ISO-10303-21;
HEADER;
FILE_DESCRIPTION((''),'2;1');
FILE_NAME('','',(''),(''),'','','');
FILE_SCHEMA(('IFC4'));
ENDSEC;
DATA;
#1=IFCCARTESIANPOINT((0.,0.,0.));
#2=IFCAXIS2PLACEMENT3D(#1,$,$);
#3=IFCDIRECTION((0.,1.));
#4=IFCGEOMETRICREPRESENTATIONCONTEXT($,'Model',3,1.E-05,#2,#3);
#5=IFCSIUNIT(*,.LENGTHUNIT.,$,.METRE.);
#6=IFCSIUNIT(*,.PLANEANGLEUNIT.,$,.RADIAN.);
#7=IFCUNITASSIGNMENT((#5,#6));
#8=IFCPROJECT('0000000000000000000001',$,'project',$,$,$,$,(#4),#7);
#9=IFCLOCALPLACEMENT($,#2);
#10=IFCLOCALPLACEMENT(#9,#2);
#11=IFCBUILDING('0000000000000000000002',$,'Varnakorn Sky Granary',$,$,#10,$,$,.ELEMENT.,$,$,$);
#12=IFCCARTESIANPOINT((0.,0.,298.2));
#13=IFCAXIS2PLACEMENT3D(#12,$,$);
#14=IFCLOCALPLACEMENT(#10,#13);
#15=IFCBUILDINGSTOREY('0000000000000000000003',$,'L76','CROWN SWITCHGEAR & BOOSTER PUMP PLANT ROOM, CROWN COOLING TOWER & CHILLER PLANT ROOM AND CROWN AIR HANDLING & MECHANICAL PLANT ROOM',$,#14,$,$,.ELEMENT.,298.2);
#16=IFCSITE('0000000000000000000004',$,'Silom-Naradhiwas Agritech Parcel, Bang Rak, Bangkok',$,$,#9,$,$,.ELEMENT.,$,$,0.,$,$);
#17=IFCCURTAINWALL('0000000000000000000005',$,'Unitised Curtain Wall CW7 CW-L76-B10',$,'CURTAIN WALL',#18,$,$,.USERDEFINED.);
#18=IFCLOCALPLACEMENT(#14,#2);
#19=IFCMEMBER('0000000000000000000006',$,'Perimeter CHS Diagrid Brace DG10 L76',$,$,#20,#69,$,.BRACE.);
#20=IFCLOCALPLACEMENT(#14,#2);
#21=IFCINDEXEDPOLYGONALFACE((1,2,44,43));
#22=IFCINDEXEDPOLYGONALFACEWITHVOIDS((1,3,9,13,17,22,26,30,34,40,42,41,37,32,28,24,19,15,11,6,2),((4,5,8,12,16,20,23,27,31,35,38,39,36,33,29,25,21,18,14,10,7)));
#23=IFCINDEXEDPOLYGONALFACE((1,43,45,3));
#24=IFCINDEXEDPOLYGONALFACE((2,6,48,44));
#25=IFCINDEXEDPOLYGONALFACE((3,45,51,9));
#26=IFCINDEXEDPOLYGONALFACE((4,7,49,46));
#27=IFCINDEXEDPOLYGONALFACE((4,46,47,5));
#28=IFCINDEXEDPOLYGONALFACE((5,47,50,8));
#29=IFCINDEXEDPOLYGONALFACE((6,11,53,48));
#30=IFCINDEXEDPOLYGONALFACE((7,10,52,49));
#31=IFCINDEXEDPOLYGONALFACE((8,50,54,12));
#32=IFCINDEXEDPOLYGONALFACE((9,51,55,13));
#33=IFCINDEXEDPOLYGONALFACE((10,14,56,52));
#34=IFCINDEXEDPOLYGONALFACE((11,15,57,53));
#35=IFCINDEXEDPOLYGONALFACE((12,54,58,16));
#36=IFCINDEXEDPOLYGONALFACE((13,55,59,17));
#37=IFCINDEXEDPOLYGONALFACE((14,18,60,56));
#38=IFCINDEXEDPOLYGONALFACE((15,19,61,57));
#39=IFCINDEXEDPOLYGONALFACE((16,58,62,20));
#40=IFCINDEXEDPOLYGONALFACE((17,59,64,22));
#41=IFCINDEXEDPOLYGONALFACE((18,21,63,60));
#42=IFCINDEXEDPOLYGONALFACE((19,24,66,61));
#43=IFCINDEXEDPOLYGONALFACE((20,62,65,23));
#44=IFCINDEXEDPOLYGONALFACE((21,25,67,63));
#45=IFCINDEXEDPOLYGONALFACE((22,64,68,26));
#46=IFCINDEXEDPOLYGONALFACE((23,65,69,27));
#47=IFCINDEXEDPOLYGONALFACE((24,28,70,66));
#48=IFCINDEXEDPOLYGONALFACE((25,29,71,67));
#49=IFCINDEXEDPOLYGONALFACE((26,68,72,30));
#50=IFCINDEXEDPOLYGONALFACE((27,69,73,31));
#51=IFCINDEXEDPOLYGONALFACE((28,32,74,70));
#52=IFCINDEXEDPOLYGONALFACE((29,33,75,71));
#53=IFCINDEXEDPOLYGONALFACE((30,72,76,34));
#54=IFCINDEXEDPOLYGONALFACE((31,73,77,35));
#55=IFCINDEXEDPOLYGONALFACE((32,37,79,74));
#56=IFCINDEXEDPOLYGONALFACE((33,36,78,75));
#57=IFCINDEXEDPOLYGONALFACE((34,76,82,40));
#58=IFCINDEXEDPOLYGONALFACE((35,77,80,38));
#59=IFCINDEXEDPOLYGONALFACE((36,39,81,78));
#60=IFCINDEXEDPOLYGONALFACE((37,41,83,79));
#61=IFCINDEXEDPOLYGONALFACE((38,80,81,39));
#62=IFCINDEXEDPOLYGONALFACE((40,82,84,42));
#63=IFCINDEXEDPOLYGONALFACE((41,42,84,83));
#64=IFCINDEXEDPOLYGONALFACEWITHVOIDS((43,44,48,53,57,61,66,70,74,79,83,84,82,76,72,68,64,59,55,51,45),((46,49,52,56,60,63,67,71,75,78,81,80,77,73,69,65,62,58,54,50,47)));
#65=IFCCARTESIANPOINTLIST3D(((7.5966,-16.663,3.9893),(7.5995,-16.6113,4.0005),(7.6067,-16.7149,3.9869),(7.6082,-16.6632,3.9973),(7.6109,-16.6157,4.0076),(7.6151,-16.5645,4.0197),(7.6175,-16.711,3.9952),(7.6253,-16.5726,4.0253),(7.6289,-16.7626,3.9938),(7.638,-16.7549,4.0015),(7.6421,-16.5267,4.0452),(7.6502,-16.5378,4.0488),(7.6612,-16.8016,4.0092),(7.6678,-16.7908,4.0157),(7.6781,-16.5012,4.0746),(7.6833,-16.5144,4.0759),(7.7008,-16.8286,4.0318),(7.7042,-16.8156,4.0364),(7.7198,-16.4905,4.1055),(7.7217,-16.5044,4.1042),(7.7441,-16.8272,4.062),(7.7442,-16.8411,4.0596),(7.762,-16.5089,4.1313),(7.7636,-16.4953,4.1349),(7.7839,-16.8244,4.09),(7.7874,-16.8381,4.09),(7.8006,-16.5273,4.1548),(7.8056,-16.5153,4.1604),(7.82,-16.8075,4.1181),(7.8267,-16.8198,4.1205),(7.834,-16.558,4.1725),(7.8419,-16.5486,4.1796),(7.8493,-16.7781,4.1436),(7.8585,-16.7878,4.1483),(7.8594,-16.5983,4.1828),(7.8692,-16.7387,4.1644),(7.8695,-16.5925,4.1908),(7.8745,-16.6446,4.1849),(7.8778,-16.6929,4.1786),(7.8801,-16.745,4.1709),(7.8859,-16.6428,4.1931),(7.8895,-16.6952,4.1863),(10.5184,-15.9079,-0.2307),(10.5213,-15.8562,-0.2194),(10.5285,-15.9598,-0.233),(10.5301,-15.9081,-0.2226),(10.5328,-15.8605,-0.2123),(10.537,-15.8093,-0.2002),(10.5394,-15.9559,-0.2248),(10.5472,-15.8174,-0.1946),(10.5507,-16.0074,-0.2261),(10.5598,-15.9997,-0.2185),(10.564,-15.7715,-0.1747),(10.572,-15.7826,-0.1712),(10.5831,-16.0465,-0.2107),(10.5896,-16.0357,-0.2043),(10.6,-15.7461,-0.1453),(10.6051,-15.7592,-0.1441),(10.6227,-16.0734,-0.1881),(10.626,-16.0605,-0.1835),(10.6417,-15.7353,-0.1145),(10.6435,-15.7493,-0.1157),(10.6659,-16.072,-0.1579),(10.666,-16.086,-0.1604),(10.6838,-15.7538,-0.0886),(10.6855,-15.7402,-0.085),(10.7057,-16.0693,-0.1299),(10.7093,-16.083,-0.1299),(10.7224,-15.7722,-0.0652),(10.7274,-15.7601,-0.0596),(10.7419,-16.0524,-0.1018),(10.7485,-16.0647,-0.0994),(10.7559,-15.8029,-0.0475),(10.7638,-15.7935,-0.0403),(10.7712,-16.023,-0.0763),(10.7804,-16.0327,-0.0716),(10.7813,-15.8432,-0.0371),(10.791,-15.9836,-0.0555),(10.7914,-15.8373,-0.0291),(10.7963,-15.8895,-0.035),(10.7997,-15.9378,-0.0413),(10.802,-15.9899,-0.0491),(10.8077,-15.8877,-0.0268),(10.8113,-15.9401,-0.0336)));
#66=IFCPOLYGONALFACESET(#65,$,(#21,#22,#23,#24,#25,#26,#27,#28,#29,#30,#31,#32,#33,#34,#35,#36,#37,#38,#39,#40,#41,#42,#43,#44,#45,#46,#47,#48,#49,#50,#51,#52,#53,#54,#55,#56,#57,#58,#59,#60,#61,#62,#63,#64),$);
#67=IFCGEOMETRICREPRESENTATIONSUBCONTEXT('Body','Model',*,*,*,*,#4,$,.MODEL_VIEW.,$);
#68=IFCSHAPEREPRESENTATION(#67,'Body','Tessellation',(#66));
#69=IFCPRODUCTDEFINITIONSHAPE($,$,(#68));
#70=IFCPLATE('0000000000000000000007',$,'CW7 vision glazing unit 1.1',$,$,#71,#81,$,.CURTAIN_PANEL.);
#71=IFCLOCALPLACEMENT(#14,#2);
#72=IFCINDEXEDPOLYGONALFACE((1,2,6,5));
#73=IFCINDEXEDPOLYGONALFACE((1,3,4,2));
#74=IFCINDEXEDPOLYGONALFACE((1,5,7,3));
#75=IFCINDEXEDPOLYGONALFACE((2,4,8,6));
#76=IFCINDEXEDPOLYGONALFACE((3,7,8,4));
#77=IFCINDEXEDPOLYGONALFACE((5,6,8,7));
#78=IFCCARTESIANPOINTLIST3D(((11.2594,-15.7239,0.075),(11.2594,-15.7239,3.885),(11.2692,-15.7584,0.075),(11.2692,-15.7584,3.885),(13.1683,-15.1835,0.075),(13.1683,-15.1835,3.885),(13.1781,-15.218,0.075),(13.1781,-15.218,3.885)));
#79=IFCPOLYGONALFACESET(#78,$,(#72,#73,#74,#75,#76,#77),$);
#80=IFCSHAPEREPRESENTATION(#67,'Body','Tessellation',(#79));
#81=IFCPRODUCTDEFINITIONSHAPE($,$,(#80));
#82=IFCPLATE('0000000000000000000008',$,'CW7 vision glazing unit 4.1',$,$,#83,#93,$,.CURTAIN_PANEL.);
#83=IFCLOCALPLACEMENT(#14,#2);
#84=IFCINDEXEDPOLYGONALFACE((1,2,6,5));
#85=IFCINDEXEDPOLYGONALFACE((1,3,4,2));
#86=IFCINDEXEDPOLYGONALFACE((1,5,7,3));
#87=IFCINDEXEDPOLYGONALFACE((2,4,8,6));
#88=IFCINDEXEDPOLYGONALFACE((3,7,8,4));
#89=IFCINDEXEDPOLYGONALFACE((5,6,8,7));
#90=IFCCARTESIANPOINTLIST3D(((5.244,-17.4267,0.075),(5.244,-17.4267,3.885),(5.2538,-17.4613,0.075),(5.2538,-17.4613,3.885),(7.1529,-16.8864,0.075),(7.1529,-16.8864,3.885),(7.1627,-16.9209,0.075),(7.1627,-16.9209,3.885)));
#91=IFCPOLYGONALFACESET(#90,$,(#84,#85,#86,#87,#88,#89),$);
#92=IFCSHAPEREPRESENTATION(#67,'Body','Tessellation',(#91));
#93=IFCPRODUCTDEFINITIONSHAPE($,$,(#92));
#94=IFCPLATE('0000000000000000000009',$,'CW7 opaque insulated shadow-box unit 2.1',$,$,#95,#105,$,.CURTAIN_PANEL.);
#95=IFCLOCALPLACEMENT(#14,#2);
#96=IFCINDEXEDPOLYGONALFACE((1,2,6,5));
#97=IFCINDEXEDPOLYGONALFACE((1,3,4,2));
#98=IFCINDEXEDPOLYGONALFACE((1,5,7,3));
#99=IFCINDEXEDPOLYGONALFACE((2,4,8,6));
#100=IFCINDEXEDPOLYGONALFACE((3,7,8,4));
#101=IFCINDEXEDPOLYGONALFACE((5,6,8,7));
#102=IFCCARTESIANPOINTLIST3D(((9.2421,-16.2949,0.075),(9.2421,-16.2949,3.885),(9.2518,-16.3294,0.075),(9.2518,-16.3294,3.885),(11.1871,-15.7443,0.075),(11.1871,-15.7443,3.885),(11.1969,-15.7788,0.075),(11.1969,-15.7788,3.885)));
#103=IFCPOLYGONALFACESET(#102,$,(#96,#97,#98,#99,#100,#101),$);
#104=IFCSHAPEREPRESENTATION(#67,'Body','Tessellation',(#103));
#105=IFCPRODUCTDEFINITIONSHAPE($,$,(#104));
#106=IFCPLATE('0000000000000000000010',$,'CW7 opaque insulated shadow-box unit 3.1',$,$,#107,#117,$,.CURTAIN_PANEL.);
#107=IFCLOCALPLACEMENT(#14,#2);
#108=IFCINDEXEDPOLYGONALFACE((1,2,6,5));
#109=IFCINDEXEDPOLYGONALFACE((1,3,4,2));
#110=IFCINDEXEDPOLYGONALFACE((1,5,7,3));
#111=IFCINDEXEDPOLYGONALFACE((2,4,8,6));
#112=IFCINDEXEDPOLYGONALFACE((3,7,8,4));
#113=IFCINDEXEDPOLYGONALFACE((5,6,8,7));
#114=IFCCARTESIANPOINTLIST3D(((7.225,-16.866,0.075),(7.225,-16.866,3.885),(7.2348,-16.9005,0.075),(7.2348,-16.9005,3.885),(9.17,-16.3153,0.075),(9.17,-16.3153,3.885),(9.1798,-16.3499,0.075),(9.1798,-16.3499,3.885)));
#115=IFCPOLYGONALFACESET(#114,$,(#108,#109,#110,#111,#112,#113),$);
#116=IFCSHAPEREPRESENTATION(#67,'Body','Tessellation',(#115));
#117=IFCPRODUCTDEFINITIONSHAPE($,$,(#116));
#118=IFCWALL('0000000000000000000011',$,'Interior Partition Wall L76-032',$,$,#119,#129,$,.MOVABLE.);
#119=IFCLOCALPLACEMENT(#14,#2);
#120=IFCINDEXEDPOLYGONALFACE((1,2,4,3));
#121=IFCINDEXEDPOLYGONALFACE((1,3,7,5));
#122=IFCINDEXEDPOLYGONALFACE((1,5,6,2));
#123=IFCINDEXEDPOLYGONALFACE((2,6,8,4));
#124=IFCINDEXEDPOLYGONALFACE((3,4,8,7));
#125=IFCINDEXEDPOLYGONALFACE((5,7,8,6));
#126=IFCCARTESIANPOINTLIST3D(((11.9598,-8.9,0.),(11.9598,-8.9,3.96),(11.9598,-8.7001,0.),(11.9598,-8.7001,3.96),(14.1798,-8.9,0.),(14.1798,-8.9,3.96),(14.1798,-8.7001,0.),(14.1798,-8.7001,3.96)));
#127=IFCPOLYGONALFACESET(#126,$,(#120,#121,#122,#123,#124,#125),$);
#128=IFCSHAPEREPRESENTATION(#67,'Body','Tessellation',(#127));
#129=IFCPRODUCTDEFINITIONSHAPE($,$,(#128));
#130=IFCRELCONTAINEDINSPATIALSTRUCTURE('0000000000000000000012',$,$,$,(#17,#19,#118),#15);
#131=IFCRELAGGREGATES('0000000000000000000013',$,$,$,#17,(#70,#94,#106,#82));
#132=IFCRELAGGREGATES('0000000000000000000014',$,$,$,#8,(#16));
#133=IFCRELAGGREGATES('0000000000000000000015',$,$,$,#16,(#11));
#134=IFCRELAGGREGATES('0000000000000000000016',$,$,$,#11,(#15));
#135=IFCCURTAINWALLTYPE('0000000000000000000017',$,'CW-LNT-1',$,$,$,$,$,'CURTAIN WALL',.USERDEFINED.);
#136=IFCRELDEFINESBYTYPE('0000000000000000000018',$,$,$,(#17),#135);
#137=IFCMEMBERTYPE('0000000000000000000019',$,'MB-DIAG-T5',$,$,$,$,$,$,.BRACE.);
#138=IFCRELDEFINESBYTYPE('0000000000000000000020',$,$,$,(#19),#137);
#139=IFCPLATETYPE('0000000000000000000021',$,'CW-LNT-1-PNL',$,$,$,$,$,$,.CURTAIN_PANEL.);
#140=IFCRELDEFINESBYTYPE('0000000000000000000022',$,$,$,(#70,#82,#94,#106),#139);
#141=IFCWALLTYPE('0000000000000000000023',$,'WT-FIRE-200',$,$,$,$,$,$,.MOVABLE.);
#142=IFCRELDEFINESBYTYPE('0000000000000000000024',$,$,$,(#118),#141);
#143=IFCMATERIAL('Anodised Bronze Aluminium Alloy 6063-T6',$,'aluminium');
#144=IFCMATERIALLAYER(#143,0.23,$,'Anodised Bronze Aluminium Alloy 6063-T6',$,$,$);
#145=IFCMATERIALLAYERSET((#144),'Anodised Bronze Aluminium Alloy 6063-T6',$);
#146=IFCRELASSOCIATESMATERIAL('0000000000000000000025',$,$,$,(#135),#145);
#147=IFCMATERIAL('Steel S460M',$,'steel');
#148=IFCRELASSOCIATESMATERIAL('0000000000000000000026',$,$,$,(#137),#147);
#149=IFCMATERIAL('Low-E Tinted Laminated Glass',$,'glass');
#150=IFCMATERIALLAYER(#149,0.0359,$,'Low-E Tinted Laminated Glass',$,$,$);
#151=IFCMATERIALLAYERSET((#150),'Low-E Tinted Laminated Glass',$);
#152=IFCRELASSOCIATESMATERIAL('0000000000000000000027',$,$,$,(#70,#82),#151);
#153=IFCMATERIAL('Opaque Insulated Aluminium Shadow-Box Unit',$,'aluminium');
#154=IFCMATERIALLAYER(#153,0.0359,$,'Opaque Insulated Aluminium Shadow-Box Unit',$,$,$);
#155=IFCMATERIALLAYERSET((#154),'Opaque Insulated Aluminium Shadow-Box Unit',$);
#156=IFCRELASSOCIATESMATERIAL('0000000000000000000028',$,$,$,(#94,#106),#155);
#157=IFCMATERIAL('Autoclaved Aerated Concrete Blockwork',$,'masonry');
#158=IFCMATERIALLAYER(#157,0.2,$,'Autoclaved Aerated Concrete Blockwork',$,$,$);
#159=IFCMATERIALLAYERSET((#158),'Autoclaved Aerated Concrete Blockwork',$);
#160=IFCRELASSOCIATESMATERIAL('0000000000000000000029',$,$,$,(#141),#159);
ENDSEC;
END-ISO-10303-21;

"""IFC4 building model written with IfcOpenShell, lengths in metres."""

from ifc_helpers import new_model, si_unit, direction, frame, frame_2d, origin, origin_2d, place, context, subcontext, project, spatial, rectangle, hollow_circle, extrude, source, transform, mapped, material, layer, layer_set, material_profile, profile_set, type_object, type_shapes, element, aggregate, save


model = new_model("IFC4")

# Units and contexts
model_context = context("Model", 3, precision=1e-05, world=origin(), true_north=direction((0.0, 1.0)))
body_context = subcontext(model_context, "Body", "Model", "MODEL_VIEW")
ifc_project = project(units=[si_unit("LENGTHUNIT", "METRE"), si_unit("PLANEANGLEUNIT", "RADIAN")], contexts=[model_context])

# Site, building, storey
site_placement = place(None, origin())
site = spatial("IfcSite", under=ifc_project, at=site_placement, Name="Silom-Naradhiwas Agritech Parcel, Bang Rak, Bangkok", CompositionType="ELEMENT", RefElevation=0.0)
building_placement = place(site_placement, origin())
building = spatial("IfcBuilding", under=site, at=building_placement, Name="Varnakorn Sky Granary", CompositionType="ELEMENT")
storey_placement = place(building_placement, frame((0.0, 0.0, 298.2)))
storey = spatial("IfcBuildingStorey", under=building, at=storey_placement, Name="L76", Description="CROWN SWITCHGEAR & BOOSTER PUMP PLANT ROOM, CROWN COOLING TOWER & CHILLER PLANT ROOM AND CROWN AIR HANDLING & MECHANICAL PLANT ROOM", CompositionType="ELEMENT", Elevation=298.2)

# Shared definitions
ifc_material_1 = material(Name="Steel S460M", Category="steel")

# Curtain wall
ifc_material_2 = material(Name="Anodised Bronze Aluminium Alloy 6063-T6", Category="aluminium")
ifc_layer_1 = layer(ifc_material_2, 0.23, Name="Anodised Bronze Aluminium Alloy 6063-T6")
ifc_layer_set_1 = layer_set([ifc_layer_1], Name="Anodised Bronze Aluminium Alloy 6063-T6")
curtain_wall_type = type_object("IfcCurtainWallType", Name="CW-LNT-1", ElementType="CURTAIN WALL", PredefinedType="USERDEFINED", material=ifc_layer_set_1)
curtain_wall_placement = place(storey_placement, origin())
curtain_wall = element("IfcCurtainWall", 1, at=curtain_wall_placement, inside=storey, type_object=curtain_wall_type, Name="Unitised Curtain Wall CW7 CW-L76-B10", ObjectType="CURTAIN WALL", PredefinedType="USERDEFINED")

# Member
ifc_material_profile_1 = material_profile(ifc_material_1, hollow_circle(Radius=0.1777, WallThickness=0.0142, at=origin_2d()), Name="CHS 355.6x14")
ifc_profile_set_1 = profile_set([ifc_material_profile_1], Name="Steel S460M")
member_type_1 = type_object("IfcMemberType", Name="MB-DIAG-T5", PredefinedType="BRACE", material=ifc_profile_set_1)
member_1_placement = place(storey_placement, frame((10.6648, -15.9109, -0.1299), z_axis=(-0.563195, -0.145552, 0.813404), x_axis=(0.250218, -0.968189, 0.0)))
element("IfcMember", 2, at=member_1_placement, inside=storey, type_object=member_type_1, Name="Perimeter CHS Diagrid Brace DG10 L76", PredefinedType="BRACE", context=body_context, shape_type="SweptSolid", body=[
    extrude(hollow_circle(Radius=0.1777, WallThickness=0.0142, at=origin_2d()), origin(), (0.0, 0.0, 1.0), 5.188),
])

# Plates
ifc_material_3 = material(Name="Low-E Tinted Laminated Glass", Category="glass")
ifc_layer_2 = layer(ifc_material_3, 0.0359, Name="Low-E Tinted Laminated Glass")
ifc_layer_set_2 = layer_set([ifc_layer_2], Name="Low-E Tinted Laminated Glass")
plate_type = type_object("IfcPlateType", Name="CW-LNT-1-PNL", PredefinedType="CURTAIN_PANEL")
shared_shape_1 = source(origin(), body_context, "Body", "SweptSolid", [
    extrude(rectangle(XDim=1.9839, YDim=0.0359, at=origin_2d()), origin(), (0.0, 0.0, 1.0), 3.8101),
])
plate_1_placement = place(storey_placement, frame((12.2188, -15.4709, 0.075), z_axis=(0.0, 0.0, 1.0), x_axis=(-0.962189, -0.272381, 0.0)))
plate_1 = element("IfcPlate", 3, at=plate_1_placement, type_object=plate_type, material=ifc_layer_set_2, Name="CW7 vision glazing unit 1.1", PredefinedType="CURTAIN_PANEL", context=body_context, shape_type="MappedRepresentation", body=[
    mapped(shared_shape_1, transform((0.0, 0.0, 0.0), x_axis=(1.0, 0.0, 0.0), y_axis=(0.0, 1.0, 0.0), z_axis=(0.0, 0.0, 1.0), scale=1.0)),
])
plate_2_placement = place(storey_placement, frame((6.2034, -17.1738, 0.075), z_axis=(0.0, 0.0, 1.0), x_axis=(-0.962189, -0.272381, 0.0)))
plate_2 = element("IfcPlate", 4, at=plate_2_placement, type_object=plate_type, material=ifc_layer_set_2, Name="CW7 vision glazing unit 4.1", PredefinedType="CURTAIN_PANEL", context=body_context, shape_type="MappedRepresentation", body=[
    mapped(shared_shape_1, transform((0.0, 0.0, 0.0), x_axis=(1.0, 0.0, 0.0), y_axis=(0.0, 1.0, 0.0), z_axis=(0.0, 0.0, 1.0), scale=1.0)),
])
ifc_material_4 = material(Name="Opaque Insulated Aluminium Shadow-Box Unit", Category="aluminium")
ifc_layer_3 = layer(ifc_material_4, 0.0359, Name="Opaque Insulated Aluminium Shadow-Box Unit")
ifc_layer_set_3 = layer_set([ifc_layer_3], Name="Opaque Insulated Aluminium Shadow-Box Unit")
shared_shape_2 = source(origin(), body_context, "Body", "SweptSolid", [
    extrude(rectangle(XDim=2.0215, YDim=0.0359, at=origin_2d()), origin(), (0.0, 0.0, 1.0), 3.8101),
])
type_shapes(plate_type, [shared_shape_1, shared_shape_2])
plate_3_placement = place(storey_placement, frame((10.2195, -16.0369, 0.075), z_axis=(0.0, 0.0, 1.0), x_axis=(-0.962189, -0.272381, 0.0)))
plate_3 = element("IfcPlate", 5, at=plate_3_placement, type_object=plate_type, material=ifc_layer_set_3, Name="CW7 opaque insulated shadow-box unit 2.1", PredefinedType="CURTAIN_PANEL", context=body_context, shape_type="MappedRepresentation", body=[
    mapped(shared_shape_2, transform((0.0, 0.0, 0.0), x_axis=(1.0, 0.0, 0.0), y_axis=(0.0, 1.0, 0.0), z_axis=(0.0, 0.0, 1.0), scale=1.0)),
])
plate_4_placement = place(storey_placement, frame((8.2024, -16.6079, 0.075), z_axis=(0.0, 0.0, 1.0), x_axis=(-0.962189, -0.272381, 0.0)))
plate_4 = element("IfcPlate", 6, at=plate_4_placement, type_object=plate_type, material=ifc_layer_set_3, Name="CW7 opaque insulated shadow-box unit 3.1", PredefinedType="CURTAIN_PANEL", context=body_context, shape_type="MappedRepresentation", body=[
    mapped(shared_shape_2, transform((0.0, 0.0, 0.0), x_axis=(1.0, 0.0, 0.0), y_axis=(0.0, 1.0, 0.0), z_axis=(0.0, 0.0, 1.0), scale=1.0)),
])
aggregate(curtain_wall, [plate_1, plate_3, plate_4, plate_2])

# Wall
ifc_material_5 = material(Name="Autoclaved Aerated Concrete Blockwork", Category="masonry")
ifc_layer_4 = layer(ifc_material_5, 0.2, Name="Autoclaved Aerated Concrete Blockwork")
ifc_layer_set_4 = layer_set([ifc_layer_4], Name="Autoclaved Aerated Concrete Blockwork")
wall_type = type_object("IfcWallType", Name="WT-FIRE-200", PredefinedType="MOVABLE", material=ifc_layer_set_4)
wall_placement = place(storey_placement, frame((11.96, -8.8, 0.0), z_axis=(0.0, 0.0, 1.0), x_axis=(1.0, 0.0, 0.0)))
element("IfcWall", 7, at=wall_placement, inside=storey, type_object=wall_type, Name="Interior Partition Wall L76-032", PredefinedType="MOVABLE", context=body_context, shape_type="SweptSolid", body=[
    extrude(rectangle(XDim=2.22, YDim=0.2, at=frame_2d((1.1099, 0.0))), origin(), (0.0, 0.0, 1.0), 3.96),
])

save(model, "model.ifc")
